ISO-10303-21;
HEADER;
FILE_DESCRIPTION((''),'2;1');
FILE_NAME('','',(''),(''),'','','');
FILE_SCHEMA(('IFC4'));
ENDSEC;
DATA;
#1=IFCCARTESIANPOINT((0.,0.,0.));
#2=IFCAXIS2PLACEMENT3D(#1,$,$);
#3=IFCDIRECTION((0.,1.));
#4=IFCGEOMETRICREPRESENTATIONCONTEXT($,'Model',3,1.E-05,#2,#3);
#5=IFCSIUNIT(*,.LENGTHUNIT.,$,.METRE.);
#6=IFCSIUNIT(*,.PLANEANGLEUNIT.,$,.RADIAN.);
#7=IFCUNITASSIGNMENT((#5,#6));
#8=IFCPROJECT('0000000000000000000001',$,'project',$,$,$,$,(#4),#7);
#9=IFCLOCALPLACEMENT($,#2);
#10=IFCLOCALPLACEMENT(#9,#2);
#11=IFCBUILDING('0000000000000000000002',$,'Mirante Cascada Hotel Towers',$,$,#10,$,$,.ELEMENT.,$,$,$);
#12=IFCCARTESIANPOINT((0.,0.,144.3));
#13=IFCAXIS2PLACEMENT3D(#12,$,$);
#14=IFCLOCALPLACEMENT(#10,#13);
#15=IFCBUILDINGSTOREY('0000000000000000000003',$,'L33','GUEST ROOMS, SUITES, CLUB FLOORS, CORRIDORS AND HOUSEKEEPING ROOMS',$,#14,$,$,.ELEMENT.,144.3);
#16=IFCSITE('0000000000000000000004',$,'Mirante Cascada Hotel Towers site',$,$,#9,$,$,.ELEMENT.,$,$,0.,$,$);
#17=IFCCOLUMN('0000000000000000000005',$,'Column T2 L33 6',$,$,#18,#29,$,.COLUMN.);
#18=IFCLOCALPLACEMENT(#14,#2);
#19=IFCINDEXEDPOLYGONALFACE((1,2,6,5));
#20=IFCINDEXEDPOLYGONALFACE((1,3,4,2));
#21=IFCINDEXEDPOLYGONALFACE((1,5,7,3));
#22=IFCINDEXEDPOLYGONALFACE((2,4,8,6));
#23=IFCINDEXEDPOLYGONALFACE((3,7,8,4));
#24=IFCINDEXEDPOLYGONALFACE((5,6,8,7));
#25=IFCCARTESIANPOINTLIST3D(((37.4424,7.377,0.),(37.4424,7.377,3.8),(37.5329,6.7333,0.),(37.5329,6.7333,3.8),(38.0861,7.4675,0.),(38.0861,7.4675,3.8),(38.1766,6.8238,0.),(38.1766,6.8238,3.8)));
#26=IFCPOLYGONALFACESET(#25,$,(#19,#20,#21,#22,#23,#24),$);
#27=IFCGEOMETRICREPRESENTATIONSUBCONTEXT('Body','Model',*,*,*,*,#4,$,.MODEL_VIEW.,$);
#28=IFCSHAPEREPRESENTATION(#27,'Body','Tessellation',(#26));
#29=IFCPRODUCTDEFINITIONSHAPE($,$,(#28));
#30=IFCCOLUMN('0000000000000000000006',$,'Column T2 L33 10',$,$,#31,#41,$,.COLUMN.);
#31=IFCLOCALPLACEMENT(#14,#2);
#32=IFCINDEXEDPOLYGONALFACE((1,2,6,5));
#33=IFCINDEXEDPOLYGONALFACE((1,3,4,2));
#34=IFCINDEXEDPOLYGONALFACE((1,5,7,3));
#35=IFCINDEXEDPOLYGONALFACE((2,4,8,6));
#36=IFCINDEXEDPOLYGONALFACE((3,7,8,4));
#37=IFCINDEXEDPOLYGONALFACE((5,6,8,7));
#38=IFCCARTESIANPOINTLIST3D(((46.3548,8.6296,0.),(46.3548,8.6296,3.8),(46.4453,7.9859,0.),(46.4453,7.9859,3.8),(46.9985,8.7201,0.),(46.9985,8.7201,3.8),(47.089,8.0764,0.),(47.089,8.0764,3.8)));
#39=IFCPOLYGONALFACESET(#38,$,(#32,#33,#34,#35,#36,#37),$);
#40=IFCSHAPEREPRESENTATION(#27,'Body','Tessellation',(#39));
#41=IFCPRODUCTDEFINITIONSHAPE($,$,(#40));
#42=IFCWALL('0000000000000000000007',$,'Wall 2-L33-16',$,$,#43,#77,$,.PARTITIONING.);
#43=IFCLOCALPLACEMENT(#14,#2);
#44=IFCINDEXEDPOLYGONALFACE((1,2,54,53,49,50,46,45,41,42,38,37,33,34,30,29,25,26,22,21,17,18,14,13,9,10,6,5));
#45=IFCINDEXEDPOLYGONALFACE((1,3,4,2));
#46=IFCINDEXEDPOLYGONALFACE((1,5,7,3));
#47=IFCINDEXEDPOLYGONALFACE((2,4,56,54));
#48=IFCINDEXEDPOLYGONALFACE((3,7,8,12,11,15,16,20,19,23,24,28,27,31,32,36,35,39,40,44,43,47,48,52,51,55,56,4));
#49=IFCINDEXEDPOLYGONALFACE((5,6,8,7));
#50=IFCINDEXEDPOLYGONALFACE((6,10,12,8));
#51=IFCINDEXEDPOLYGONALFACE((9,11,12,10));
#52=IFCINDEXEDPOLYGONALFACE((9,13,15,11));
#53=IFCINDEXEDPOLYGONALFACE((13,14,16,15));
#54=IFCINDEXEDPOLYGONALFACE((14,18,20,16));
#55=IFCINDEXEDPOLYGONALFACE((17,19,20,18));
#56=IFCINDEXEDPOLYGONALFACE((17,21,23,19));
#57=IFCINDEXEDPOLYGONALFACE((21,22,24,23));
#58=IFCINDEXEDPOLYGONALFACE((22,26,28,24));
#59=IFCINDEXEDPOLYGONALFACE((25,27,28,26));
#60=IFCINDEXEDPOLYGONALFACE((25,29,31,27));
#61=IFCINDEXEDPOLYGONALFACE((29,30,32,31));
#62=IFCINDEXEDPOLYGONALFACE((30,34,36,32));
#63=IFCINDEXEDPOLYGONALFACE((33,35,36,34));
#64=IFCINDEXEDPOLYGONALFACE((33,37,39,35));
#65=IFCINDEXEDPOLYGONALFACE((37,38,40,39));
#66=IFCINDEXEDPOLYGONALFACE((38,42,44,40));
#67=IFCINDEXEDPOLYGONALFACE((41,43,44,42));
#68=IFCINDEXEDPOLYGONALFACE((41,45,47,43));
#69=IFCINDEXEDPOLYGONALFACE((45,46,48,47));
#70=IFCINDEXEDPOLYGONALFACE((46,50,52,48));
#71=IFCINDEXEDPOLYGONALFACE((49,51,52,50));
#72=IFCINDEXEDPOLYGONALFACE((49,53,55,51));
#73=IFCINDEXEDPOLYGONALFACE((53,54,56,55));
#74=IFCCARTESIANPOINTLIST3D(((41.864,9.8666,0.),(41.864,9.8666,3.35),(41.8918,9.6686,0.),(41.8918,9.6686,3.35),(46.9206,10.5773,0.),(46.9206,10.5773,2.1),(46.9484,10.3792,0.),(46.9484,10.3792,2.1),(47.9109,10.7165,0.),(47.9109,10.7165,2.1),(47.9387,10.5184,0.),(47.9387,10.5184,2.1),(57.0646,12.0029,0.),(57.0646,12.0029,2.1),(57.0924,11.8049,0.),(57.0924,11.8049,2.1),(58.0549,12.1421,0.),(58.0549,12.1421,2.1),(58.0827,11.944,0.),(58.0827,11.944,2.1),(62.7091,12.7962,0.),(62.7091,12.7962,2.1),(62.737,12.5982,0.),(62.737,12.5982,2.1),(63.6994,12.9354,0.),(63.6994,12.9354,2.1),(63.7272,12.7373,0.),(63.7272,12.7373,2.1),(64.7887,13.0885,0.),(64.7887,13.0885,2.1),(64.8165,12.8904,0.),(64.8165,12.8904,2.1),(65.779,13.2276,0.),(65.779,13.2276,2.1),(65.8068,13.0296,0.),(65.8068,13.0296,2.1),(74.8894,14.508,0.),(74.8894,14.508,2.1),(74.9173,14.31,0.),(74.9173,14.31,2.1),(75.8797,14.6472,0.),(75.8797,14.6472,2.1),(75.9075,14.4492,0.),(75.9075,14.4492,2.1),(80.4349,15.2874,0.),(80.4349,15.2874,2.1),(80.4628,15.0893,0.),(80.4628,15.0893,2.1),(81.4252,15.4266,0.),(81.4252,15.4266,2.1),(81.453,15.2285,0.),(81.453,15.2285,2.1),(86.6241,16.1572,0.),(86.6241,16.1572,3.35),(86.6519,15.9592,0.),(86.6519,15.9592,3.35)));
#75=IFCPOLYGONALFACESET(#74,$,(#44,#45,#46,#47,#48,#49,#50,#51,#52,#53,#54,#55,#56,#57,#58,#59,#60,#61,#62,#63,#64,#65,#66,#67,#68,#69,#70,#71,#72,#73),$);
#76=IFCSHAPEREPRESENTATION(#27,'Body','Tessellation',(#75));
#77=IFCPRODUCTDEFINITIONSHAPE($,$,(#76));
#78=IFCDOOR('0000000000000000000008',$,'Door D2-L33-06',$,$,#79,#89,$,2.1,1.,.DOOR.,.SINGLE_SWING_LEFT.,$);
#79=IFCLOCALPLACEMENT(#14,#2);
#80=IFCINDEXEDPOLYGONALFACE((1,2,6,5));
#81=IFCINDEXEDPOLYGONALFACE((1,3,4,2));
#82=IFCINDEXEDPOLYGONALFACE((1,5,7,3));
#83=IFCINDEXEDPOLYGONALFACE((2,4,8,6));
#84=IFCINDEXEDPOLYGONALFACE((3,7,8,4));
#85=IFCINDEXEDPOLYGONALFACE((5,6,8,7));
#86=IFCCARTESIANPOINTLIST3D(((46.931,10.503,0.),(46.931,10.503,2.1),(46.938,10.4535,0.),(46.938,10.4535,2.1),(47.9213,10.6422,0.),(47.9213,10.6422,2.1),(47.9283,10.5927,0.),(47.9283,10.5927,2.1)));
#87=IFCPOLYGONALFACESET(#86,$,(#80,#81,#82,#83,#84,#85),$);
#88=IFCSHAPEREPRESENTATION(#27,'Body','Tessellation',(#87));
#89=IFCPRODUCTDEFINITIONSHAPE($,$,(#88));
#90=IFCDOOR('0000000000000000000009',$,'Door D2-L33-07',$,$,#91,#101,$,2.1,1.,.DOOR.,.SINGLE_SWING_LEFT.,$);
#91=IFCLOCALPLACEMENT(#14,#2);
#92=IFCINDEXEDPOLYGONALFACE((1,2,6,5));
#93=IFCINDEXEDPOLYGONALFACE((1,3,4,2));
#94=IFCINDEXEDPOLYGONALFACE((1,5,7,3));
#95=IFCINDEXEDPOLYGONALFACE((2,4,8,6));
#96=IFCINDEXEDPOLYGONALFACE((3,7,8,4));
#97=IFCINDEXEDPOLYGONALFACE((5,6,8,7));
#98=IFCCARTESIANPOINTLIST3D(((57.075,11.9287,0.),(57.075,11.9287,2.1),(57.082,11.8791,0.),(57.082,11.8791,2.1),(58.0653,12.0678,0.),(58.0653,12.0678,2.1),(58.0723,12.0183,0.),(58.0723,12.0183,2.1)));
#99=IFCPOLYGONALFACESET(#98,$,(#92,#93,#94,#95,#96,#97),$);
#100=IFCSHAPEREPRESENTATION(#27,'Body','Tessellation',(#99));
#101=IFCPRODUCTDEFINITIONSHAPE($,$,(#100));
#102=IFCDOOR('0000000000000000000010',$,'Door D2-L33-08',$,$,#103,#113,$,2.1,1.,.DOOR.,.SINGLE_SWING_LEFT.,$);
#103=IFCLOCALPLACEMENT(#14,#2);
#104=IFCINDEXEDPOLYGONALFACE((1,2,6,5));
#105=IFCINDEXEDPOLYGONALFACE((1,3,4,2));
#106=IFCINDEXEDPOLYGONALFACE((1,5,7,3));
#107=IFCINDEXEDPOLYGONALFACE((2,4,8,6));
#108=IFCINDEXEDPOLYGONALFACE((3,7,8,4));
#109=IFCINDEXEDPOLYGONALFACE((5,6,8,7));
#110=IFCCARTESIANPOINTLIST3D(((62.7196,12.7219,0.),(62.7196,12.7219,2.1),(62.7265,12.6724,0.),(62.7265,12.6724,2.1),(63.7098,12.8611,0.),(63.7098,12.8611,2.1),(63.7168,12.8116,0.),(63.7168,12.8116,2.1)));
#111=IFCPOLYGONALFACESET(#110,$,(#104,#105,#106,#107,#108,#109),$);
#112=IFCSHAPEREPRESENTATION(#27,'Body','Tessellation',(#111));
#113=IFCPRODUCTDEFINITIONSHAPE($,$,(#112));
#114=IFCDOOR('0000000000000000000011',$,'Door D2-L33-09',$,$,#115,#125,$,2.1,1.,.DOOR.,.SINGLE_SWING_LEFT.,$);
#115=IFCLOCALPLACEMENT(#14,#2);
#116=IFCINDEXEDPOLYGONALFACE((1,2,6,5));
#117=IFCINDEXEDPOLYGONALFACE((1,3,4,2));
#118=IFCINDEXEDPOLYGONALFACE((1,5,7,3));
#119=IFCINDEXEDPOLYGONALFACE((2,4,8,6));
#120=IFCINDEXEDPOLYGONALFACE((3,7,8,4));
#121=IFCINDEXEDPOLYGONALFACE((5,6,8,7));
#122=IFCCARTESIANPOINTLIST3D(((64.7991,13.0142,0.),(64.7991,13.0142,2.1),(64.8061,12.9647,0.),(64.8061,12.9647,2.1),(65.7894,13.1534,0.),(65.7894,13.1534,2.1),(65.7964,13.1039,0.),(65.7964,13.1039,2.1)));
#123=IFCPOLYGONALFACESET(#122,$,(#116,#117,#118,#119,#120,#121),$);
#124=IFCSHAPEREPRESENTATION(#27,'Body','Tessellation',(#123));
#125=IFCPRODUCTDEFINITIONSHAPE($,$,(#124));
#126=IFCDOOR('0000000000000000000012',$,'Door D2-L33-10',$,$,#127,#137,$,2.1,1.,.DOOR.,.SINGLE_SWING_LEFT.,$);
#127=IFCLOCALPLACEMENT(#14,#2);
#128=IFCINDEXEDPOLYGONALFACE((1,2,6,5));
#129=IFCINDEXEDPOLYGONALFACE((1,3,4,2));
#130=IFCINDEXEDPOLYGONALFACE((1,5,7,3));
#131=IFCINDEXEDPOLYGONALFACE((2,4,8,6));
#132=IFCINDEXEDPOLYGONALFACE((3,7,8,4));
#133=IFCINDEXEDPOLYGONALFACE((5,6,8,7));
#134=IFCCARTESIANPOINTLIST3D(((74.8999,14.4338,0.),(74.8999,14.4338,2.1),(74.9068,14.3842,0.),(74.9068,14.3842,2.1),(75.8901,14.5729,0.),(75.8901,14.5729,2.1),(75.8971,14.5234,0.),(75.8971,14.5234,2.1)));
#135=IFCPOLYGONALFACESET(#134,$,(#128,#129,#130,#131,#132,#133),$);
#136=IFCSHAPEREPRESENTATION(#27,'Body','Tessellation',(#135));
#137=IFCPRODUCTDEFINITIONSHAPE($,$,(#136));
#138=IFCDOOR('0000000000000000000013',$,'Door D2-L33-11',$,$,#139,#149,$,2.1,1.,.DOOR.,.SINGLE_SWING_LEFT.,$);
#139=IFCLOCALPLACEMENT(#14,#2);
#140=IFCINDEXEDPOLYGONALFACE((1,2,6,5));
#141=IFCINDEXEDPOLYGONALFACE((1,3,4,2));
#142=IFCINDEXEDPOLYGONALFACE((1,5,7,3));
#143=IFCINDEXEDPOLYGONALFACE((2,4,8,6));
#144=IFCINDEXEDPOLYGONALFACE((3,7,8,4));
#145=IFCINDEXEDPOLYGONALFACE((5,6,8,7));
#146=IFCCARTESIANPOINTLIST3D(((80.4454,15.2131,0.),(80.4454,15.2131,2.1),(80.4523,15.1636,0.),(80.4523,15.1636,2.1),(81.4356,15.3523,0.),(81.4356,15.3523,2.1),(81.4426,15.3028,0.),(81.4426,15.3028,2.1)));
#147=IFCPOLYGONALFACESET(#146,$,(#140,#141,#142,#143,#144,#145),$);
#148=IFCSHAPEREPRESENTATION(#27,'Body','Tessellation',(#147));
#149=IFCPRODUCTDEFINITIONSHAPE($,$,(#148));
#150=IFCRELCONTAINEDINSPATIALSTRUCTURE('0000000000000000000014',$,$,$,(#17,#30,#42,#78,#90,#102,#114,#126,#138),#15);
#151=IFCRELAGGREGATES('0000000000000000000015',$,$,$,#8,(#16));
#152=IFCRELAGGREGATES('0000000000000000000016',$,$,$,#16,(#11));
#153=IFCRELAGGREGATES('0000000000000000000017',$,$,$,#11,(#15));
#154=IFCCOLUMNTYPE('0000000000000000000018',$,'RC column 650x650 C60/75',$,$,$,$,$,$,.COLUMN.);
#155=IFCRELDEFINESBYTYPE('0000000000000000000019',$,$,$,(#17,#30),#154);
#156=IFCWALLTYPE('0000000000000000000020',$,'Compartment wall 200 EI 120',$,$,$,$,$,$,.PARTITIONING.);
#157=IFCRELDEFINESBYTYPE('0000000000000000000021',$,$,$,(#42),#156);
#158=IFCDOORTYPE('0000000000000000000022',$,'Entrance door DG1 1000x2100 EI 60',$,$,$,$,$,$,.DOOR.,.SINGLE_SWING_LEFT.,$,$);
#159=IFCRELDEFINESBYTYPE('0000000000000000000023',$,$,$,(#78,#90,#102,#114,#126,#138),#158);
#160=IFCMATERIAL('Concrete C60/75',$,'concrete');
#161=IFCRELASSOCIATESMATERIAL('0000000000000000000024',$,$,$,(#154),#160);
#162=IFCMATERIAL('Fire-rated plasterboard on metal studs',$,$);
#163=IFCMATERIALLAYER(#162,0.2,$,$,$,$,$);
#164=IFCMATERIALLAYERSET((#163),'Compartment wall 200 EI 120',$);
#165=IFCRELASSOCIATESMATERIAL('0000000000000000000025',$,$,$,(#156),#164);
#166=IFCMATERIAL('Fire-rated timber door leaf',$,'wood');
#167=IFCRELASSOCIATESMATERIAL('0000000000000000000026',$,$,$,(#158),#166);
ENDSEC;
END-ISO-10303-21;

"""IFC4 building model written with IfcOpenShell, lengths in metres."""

from ifc_helpers import new_model, si_unit, direction, frame, frame_2d, origin, origin_2d, place, context, subcontext, project, spatial, rectangle, extrude, material, layer, layer_set, material_profile, profile_set, type_object, element, fill, save


model = new_model("IFC4")

# Units and contexts
model_context = context("Model", 3, precision=1e-05, world=origin(), true_north=direction((0.0, 1.0)))
body_context = subcontext(model_context, "Body", "Model", "MODEL_VIEW")
ifc_project = project(units=[si_unit("LENGTHUNIT", "METRE"), si_unit("PLANEANGLEUNIT", "RADIAN")], contexts=[model_context])

# Site, building, storey
site_placement = place(None, origin())
site = spatial("IfcSite", under=ifc_project, at=site_placement, Name="Mirante Cascada Hotel Towers site", CompositionType="ELEMENT", RefElevation=0.0)
building_placement = place(site_placement, origin())
building = spatial("IfcBuilding", under=site, at=building_placement, Name="Mirante Cascada Hotel Towers", CompositionType="ELEMENT")
storey_placement = place(building_placement, frame((0.0, 0.0, 144.3)))
storey = spatial("IfcBuildingStorey", under=building, at=storey_placement, Name="L33", Description="GUEST ROOMS, SUITES, CLUB FLOORS, CORRIDORS AND HOUSEKEEPING ROOMS", CompositionType="ELEMENT", Elevation=144.3)

# Columns
ifc_material_1 = material(Name="Concrete C60/75", Category="concrete")
ifc_material_profile = material_profile(ifc_material_1, rectangle(XDim=0.65, YDim=0.65, at=origin_2d()), Name="RC column 650x650 C60/75")
ifc_profile_set = profile_set([ifc_material_profile], Name="Concrete C60/75")
column_type = type_object("IfcColumnType", Name="RC column 650x650 C60/75", PredefinedType="COLUMN", material=ifc_profile_set)
for number, where, z_axis, x_axis, name in (
    (1, (37.8095, 7.1004, 0.0), (0.0, 0.0, 1.0), (0.990268, 0.139173, 0.0), "Column T2 L33 6"),
    (2, (46.7219, 8.353, 0.0), (0.0, 0.0, 1.0), (0.990268, 0.139173, 0.0), "Column T2 L33 10"),
):
    element("IfcColumn", number, at=place(storey_placement, frame(where, z_axis=z_axis, x_axis=x_axis)), inside=storey, type_object=column_type, Name=name, PredefinedType="COLUMN", context=body_context, shape_type="SweptSolid", body=[
        extrude(rectangle(XDim=0.65, YDim=0.65, at=origin_2d()), origin(), (0.0, 0.0, 1.0), 3.8),
    ])

# Wall, openings, doors
ifc_material_2 = material(Name="Fire-rated plasterboard on metal studs")
ifc_layer_1 = layer(ifc_material_2, 0.2)
ifc_layer_set_1 = layer_set([ifc_layer_1], Name="Compartment wall 200 EI 120")
wall_type_1 = type_object("IfcWallType", Name="Compartment wall 200 EI 120", PredefinedType="PARTITIONING", material=ifc_layer_set_1)
wall_1_placement = place(storey_placement, frame((41.8779, 9.7676, 0.0), z_axis=(0.0, 0.0, 1.0), x_axis=(0.990268, 0.139173, 0.0)))
wall_1 = element("IfcWall", 3, at=wall_1_placement, inside=storey, type_object=wall_type_1, Name="Wall 2-L33-16", PredefinedType="PARTITIONING", context=body_context, shape_type="SweptSolid", body=[
    extrude(rectangle(XDim=45.2, YDim=0.2, at=frame_2d((22.6, 0.0))), origin(), (0.0, 0.0, 1.0), 3.35),
])
opening_1_placement = place(wall_1_placement, frame((5.1063, 0.0, 0.0)))
opening_1 = element("IfcOpeningElement", 4, at=opening_1_placement, cuts=wall_1, PredefinedType="OPENING", context=body_context, shape_type="SweptSolid", body=[
    extrude(rectangle(XDim=1.0, YDim=2.1, at=frame_2d((0.5, 1.05))), frame((0.0, 0.1, 0.0), z_axis=(0.0, -1.0, 0.0), x_axis=(1.0, 0.0, 0.0)), (0.0, 0.0, 1.0), 0.2),
])
opening_2_placement = place(wall_1_placement, frame((15.35, 0.0, 0.0)))
opening_2 = element("IfcOpeningElement", 5, at=opening_2_placement, cuts=wall_1, PredefinedType="OPENING", context=body_context, shape_type="SweptSolid", body=[
    extrude(rectangle(XDim=1.0, YDim=2.1, at=frame_2d((0.5, 1.05))), frame((0.0, 0.1, 0.0), z_axis=(0.0, -1.0, 0.0), x_axis=(1.0, 0.0, 0.0)), (0.0, 0.0, 1.0), 0.2),
])
opening_3_placement = place(wall_1_placement, frame((21.05, 0.0, 0.0)))
opening_3 = element("IfcOpeningElement", 6, at=opening_3_placement, cuts=wall_1, PredefinedType="OPENING", context=body_context, shape_type="SweptSolid", body=[
    extrude(rectangle(XDim=1.0, YDim=2.1, at=frame_2d((0.5, 1.05))), frame((0.0, 0.1, 0.0), z_axis=(0.0, -1.0, 0.0), x_axis=(1.0, 0.0, 0.0)), (0.0, 0.0, 1.0), 0.2),
])
opening_4_placement = place(wall_1_placement, frame((23.15, 0.0, 0.0)))
opening_4 = element("IfcOpeningElement", 7, at=opening_4_placement, cuts=wall_1, PredefinedType="OPENING", context=body_context, shape_type="SweptSolid", body=[
    extrude(rectangle(XDim=1.0, YDim=2.1, at=frame_2d((0.5, 1.05))), frame((0.0, 0.1, 0.0), z_axis=(0.0, -1.0, 0.0), x_axis=(1.0, 0.0, 0.0)), (0.0, 0.0, 1.0), 0.2),
])
opening_5_placement = place(wall_1_placement, frame((33.35, 0.0, 0.0)))
opening_5 = element("IfcOpeningElement", 8, at=opening_5_placement, cuts=wall_1, PredefinedType="OPENING", context=body_context, shape_type="SweptSolid", body=[
    extrude(rectangle(XDim=1.0, YDim=2.1, at=frame_2d((0.5, 1.05))), frame((0.0, 0.1, 0.0), z_axis=(0.0, -1.0, 0.0), x_axis=(1.0, 0.0, 0.0)), (0.0, 0.0, 1.0), 0.2),
])
opening_6_placement = place(wall_1_placement, frame((38.95, 0.0, 0.0)))
opening_6 = element("IfcOpeningElement", 9, at=opening_6_placement, cuts=wall_1, PredefinedType="OPENING", context=body_context, shape_type="SweptSolid", body=[
    extrude(rectangle(XDim=1.0, YDim=2.1, at=frame_2d((0.5, 1.05))), frame((0.0, 0.1, 0.0), z_axis=(0.0, -1.0, 0.0), x_axis=(1.0, 0.0, 0.0)), (0.0, 0.0, 1.0), 0.2),
])
ifc_material_3 = material(Name="Fire-rated timber door leaf", Category="wood")
door_type_1 = type_object("IfcDoorType", Name="Entrance door DG1 1000x2100 EI 60", OperationType="SINGLE_SWING_LEFT", PredefinedType="DOOR", material=ifc_material_3)
door_1_placement = place(opening_1_placement, origin())
door_1 = element("IfcDoor", 10, at=door_1_placement, inside=storey, type_object=door_type_1, Name="Door D2-L33-06", OperationType="SINGLE_SWING_LEFT", OverallHeight=2.1, OverallWidth=1.0, PredefinedType="DOOR", context=body_context, shape_type="SweptSolid", body=[
    extrude(rectangle(XDim=1.0, YDim=2.1, at=frame_2d((0.5, 1.05))), frame((0.0, 0.025, 0.0), z_axis=(0.0, -1.0, 0.0), x_axis=(1.0, 0.0, 0.0)), (0.0, 0.0, 1.0), 0.05),
])
fill(opening_1, door_1)
door_2_placement = place(opening_2_placement, origin())
door_2 = element("IfcDoor", 11, at=door_2_placement, inside=storey, type_object=door_type_1, Name="Door D2-L33-07", OperationType="SINGLE_SWING_LEFT", OverallHeight=2.1, OverallWidth=1.0, PredefinedType="DOOR", context=body_context, shape_type="SweptSolid", body=[
    extrude(rectangle(XDim=1.0, YDim=2.1, at=frame_2d((0.5, 1.05))), frame((0.0, 0.025, 0.0), z_axis=(0.0, -1.0, 0.0), x_axis=(1.0, 0.0, 0.0)), (0.0, 0.0, 1.0), 0.05),
])
fill(opening_2, door_2)
door_3_placement = place(opening_3_placement, origin())
door_3 = element("IfcDoor", 12, at=door_3_placement, inside=storey, type_object=door_type_1, Name="Door D2-L33-08", OperationType="SINGLE_SWING_LEFT", OverallHeight=2.1, OverallWidth=1.0, PredefinedType="DOOR", context=body_context, shape_type="SweptSolid", body=[
    extrude(rectangle(XDim=1.0, YDim=2.1, at=frame_2d((0.5, 1.05))), frame((0.0, 0.025, 0.0), z_axis=(0.0, -1.0, 0.0), x_axis=(1.0, 0.0, 0.0)), (0.0, 0.0, 1.0), 0.05),
])
fill(opening_3, door_3)
door_4_placement = place(opening_4_placement, origin())
door_4 = element("IfcDoor", 13, at=door_4_placement, inside=storey, type_object=door_type_1, Name="Door D2-L33-09", OperationType="SINGLE_SWING_LEFT", OverallHeight=2.1, OverallWidth=1.0, PredefinedType="DOOR", context=body_context, shape_type="SweptSolid", body=[
    extrude(rectangle(XDim=1.0, YDim=2.1, at=frame_2d((0.5, 1.05))), frame((0.0, 0.025, 0.0), z_axis=(0.0, -1.0, 0.0), x_axis=(1.0, 0.0, 0.0)), (0.0, 0.0, 1.0), 0.05),
])
fill(opening_4, door_4)
door_5_placement = place(opening_5_placement, origin())
door_5 = element("IfcDoor", 14, at=door_5_placement, inside=storey, type_object=door_type_1, Name="Door D2-L33-10", OperationType="SINGLE_SWING_LEFT", OverallHeight=2.1, OverallWidth=1.0, PredefinedType="DOOR", context=body_context, shape_type="SweptSolid", body=[
    extrude(rectangle(XDim=1.0, YDim=2.1, at=frame_2d((0.5, 1.05))), frame((0.0, 0.025, 0.0), z_axis=(0.0, -1.0, 0.0), x_axis=(1.0, 0.0, 0.0)), (0.0, 0.0, 1.0), 0.05),
])
fill(opening_5, door_5)
door_6_placement = place(opening_6_placement, origin())
door_6 = element("IfcDoor", 15, at=door_6_placement, inside=storey, type_object=door_type_1, Name="Door D2-L33-11", OperationType="SINGLE_SWING_LEFT", OverallHeight=2.1, OverallWidth=1.0, PredefinedType="DOOR", context=body_context, shape_type="SweptSolid", body=[
    extrude(rectangle(XDim=1.0, YDim=2.1, at=frame_2d((0.5, 1.05))), frame((0.0, 0.025, 0.0), z_axis=(0.0, -1.0, 0.0), x_axis=(1.0, 0.0, 0.0)), (0.0, 0.0, 1.0), 0.05),
])
fill(opening_6, door_6)

save(model, "model.ifc")
